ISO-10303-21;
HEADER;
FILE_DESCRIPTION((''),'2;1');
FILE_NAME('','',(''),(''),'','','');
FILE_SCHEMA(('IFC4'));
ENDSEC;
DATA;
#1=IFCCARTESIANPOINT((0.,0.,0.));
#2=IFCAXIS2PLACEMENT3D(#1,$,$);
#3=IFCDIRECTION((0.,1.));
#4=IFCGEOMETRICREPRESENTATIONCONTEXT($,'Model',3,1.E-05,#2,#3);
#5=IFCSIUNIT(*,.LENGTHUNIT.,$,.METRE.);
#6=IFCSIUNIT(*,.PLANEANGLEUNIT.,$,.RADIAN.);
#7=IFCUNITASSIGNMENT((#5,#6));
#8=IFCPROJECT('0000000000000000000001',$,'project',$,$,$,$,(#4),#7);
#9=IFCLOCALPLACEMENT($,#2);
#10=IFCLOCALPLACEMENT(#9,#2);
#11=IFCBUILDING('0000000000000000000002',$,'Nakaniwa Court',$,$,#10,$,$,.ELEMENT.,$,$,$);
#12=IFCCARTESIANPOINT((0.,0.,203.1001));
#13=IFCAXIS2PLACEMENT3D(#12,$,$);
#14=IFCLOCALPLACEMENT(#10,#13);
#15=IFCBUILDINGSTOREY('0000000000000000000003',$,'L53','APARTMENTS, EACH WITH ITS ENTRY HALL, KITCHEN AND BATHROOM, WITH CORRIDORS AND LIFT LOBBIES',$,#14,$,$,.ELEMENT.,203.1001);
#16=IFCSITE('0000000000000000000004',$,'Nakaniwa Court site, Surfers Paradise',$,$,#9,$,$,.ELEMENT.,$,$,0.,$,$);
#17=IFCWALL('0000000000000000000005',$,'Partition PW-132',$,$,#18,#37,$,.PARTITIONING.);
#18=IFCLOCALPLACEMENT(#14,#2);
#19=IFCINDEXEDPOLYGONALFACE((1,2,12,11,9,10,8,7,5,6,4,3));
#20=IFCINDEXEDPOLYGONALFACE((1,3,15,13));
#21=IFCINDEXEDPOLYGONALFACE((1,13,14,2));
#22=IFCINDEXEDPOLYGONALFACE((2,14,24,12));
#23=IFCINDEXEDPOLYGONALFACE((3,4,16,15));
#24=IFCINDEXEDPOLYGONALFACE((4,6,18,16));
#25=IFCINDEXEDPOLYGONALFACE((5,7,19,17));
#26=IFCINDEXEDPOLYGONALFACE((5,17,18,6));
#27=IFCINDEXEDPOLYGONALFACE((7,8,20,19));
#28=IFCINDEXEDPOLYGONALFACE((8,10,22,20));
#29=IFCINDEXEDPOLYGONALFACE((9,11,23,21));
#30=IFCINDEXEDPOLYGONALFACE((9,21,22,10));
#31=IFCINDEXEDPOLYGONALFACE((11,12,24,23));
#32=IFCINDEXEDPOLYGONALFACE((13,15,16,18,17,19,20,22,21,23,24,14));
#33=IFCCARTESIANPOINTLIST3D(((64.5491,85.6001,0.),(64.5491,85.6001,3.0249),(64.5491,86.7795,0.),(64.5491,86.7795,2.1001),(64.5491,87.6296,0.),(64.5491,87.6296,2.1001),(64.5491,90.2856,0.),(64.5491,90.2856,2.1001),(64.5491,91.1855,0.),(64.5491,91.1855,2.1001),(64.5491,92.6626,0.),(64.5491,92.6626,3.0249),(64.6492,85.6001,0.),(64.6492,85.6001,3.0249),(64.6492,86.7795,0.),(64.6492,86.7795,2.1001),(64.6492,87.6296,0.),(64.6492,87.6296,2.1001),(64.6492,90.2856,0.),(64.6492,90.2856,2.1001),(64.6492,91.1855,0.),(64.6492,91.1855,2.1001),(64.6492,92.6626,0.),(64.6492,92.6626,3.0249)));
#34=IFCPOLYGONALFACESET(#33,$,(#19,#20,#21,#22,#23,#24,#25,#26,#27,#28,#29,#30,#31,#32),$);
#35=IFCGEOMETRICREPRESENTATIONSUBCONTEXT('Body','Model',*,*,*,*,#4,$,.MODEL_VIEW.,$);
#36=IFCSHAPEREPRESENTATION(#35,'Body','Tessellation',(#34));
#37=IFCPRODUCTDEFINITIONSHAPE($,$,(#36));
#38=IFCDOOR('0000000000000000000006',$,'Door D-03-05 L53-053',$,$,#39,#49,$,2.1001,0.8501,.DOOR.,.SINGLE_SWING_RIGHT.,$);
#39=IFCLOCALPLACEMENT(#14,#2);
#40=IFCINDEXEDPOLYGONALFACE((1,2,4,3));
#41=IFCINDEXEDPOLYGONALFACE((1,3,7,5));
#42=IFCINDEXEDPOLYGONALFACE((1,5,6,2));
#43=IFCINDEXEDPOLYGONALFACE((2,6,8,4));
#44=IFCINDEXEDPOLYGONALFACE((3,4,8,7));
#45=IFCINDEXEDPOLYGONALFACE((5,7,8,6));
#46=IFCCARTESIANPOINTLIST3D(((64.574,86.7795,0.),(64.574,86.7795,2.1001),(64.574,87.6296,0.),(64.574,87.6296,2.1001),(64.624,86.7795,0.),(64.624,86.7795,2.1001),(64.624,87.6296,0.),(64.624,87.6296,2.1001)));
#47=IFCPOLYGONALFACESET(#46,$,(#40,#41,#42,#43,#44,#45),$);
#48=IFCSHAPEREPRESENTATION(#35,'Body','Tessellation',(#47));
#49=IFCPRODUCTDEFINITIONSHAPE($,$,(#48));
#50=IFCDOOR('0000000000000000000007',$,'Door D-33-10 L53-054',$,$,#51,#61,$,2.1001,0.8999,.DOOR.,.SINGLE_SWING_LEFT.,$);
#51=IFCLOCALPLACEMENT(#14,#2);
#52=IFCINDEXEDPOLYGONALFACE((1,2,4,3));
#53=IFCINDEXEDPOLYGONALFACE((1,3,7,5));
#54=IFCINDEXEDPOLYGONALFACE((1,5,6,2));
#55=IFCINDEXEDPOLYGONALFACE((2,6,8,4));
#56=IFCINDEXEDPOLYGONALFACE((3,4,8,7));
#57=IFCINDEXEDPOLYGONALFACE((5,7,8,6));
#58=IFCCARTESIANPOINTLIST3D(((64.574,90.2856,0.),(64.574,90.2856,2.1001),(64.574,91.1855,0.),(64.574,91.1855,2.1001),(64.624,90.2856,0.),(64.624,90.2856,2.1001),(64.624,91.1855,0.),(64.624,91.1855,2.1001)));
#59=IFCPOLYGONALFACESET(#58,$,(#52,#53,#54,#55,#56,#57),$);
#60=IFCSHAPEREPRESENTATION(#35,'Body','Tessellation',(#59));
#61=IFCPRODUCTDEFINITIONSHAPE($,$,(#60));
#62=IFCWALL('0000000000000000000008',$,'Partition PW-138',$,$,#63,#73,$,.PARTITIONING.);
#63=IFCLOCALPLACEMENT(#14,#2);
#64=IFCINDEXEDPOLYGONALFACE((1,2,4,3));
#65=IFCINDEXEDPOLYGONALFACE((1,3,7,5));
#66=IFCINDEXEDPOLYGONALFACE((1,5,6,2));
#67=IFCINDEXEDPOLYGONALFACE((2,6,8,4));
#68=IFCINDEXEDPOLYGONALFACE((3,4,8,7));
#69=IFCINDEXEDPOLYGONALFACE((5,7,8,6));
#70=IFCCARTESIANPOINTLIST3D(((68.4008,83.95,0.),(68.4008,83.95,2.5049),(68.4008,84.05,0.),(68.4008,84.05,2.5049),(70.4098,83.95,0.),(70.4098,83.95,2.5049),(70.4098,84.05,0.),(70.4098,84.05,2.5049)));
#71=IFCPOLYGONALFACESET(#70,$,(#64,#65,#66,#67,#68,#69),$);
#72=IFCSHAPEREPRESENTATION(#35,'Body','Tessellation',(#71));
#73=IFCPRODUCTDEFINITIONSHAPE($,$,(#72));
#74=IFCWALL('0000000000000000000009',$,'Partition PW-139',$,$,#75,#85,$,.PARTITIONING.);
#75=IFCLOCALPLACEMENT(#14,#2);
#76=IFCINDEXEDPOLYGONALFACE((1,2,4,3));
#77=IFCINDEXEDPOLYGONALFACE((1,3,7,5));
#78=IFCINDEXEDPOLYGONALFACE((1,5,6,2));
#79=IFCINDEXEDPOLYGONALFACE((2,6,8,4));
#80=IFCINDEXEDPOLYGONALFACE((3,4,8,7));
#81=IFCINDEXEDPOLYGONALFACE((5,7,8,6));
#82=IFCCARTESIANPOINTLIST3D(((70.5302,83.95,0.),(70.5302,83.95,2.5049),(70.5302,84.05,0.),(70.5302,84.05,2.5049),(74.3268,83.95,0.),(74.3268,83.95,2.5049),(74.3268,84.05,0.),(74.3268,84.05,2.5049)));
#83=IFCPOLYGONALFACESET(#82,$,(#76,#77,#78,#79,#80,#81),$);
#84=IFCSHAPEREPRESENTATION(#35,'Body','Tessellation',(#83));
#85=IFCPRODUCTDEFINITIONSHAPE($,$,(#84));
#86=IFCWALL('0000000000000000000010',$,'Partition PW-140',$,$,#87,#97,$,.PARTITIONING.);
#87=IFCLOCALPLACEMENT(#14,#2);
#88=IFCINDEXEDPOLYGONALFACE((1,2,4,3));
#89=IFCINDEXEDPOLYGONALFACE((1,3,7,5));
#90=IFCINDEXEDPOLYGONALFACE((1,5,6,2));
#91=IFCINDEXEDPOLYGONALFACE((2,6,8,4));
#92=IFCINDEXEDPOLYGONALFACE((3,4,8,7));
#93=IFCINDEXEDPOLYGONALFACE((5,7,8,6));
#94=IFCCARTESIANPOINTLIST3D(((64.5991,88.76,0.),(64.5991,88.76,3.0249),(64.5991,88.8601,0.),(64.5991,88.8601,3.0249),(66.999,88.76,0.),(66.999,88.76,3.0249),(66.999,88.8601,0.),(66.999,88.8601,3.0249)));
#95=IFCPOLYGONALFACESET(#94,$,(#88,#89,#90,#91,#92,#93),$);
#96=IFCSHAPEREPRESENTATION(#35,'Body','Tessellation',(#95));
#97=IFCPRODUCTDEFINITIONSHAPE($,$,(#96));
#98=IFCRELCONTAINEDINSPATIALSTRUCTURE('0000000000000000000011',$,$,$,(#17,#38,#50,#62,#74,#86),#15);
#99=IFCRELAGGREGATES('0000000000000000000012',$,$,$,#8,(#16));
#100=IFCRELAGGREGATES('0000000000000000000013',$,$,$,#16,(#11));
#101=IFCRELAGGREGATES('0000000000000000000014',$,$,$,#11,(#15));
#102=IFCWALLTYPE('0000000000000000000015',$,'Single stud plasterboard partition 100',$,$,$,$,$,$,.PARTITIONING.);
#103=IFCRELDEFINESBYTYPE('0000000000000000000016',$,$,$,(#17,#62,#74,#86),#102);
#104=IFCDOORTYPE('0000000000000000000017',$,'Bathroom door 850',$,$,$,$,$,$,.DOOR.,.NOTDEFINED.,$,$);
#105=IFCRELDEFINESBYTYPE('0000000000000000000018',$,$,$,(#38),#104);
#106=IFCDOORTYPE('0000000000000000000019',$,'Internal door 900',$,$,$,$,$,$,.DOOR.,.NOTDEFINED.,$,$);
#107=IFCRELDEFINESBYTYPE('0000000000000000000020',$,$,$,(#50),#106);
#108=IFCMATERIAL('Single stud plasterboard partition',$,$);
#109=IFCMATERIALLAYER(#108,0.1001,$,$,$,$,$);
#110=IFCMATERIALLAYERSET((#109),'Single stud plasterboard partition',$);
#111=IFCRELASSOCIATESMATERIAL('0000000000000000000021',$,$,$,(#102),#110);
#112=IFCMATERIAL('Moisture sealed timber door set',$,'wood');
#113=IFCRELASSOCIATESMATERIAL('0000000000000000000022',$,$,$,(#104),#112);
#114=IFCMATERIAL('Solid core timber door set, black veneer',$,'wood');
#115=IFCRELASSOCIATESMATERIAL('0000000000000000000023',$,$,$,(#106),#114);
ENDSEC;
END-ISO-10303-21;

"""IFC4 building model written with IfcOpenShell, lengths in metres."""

from ifc_helpers import new_model, si_unit, direction, frame, frame_2d, origin, place, context, subcontext, project, spatial, rectangle, extrude, material, layer, layer_set, type_object, element, fill, save


model = new_model("IFC4")

# Units and contexts
model_context = context("Model", 3, precision=1e-05, world=origin(), true_north=direction((0.0, 1.0)))
body_context = subcontext(model_context, "Body", "Model", "MODEL_VIEW")
ifc_project = project(units=[si_unit("LENGTHUNIT", "METRE"), si_unit("PLANEANGLEUNIT", "RADIAN")], contexts=[model_context])

# Site, building, storey
site_placement = place(None, origin())
site = spatial("IfcSite", under=ifc_project, at=site_placement, Name="Nakaniwa Court site, Surfers Paradise", CompositionType="ELEMENT", RefElevation=0.0)
building_placement = place(site_placement, origin())
building = spatial("IfcBuilding", under=site, at=building_placement, Name="Nakaniwa Court", CompositionType="ELEMENT")
storey_placement = place(building_placement, frame((0.0, 0.0, 203.1001)))
storey = spatial("IfcBuildingStorey", under=building, at=storey_placement, Name="L53", Description="APARTMENTS, EACH WITH ITS ENTRY HALL, KITCHEN AND BATHROOM, WITH CORRIDORS AND LIFT LOBBIES", CompositionType="ELEMENT", Elevation=203.1001)

# Wall, openings, doors
ifc_material_1 = material(Name="Single stud plasterboard partition")
ifc_layer_1 = layer(ifc_material_1, 0.1001)
ifc_layer_set_1 = layer_set([ifc_layer_1], Name="Single stud plasterboard partition")
wall_type_1 = type_object("IfcWallType", Name="Single stud plasterboard partition 100", PredefinedType="PARTITIONING", material=ifc_layer_set_1)
wall_1_placement = place(storey_placement, frame((64.5991, 92.6626, 0.0), z_axis=(0.0, 0.0, 1.0), x_axis=(0.0, -1.0, 0.0)))
wall_1 = element("IfcWall", 1, at=wall_1_placement, inside=storey, type_object=wall_type_1, Name="Partition PW-132", PredefinedType="PARTITIONING", context=body_context, shape_type="SweptSolid", body=[
    extrude(rectangle(XDim=7.0625, YDim=0.1001, at=frame_2d((3.5312, 0.0))), origin(), (0.0, 0.0, 1.0), 3.0249),
])
opening_1_placement = place(wall_1_placement, frame((5.033, 0.0, 0.0)))
opening_1 = element("IfcOpeningElement", 2, at=opening_1_placement, cuts=wall_1, PredefinedType="OPENING", context=body_context, shape_type="SweptSolid", body=[
    extrude(rectangle(XDim=0.8501, YDim=2.1001, at=frame_2d((0.425, 1.05))), frame((0.0, 0.0601, 0.0), z_axis=(0.0, -1.0, 0.0), x_axis=(1.0, 0.0, 0.0)), (0.0, 0.0, 1.0), 0.1201),
])
opening_2_placement = place(wall_1_placement, frame((1.4771, 0.0, 0.0)))
opening_2 = element("IfcOpeningElement", 3, at=opening_2_placement, cuts=wall_1, PredefinedType="OPENING", context=body_context, shape_type="SweptSolid", body=[
    extrude(rectangle(XDim=0.8999, YDim=2.1001, at=frame_2d((0.45, 1.05))), frame((0.0, 0.0601, 0.0), z_axis=(0.0, -1.0, 0.0), x_axis=(1.0, 0.0, 0.0)), (0.0, 0.0, 1.0), 0.1201),
])
ifc_material_2 = material(Name="Moisture sealed timber door set", Category="wood")
door_type_1 = type_object("IfcDoorType", Name="Bathroom door 850", OperationType="NOTDEFINED", PredefinedType="DOOR", material=ifc_material_2)
door_1_placement = place(opening_1_placement, origin())
door_1 = element("IfcDoor", 4, at=door_1_placement, inside=storey, type_object=door_type_1, Name="Door D-03-05 L53-053", OperationType="SINGLE_SWING_RIGHT", OverallHeight=2.1001, OverallWidth=0.8501, PredefinedType="DOOR", context=body_context, shape_type="SweptSolid", body=[
    extrude(rectangle(XDim=0.8501, YDim=2.1001, at=frame_2d((0.425, 1.05))), frame((0.0, 0.0249, 0.0), z_axis=(0.0, -1.0, 0.0), x_axis=(1.0, 0.0, 0.0)), (0.0, 0.0, 1.0), 0.05),
])
fill(opening_1, door_1)
ifc_material_3 = material(Name="Solid core timber door set, black veneer", Category="wood")
door_type_2 = type_object("IfcDoorType", Name="Internal door 900", OperationType="NOTDEFINED", PredefinedType="DOOR", material=ifc_material_3)
door_2_placement = place(opening_2_placement, origin())
door_2 = element("IfcDoor", 5, at=door_2_placement, inside=storey, type_object=door_type_2, Name="Door D-33-10 L53-054", OperationType="SINGLE_SWING_LEFT", OverallHeight=2.1001, OverallWidth=0.8999, PredefinedType="DOOR", context=body_context, shape_type="SweptSolid", body=[
    extrude(rectangle(XDim=0.8999, YDim=2.1001, at=frame_2d((0.45, 1.05))), frame((0.0, 0.0249, 0.0), z_axis=(0.0, -1.0, 0.0), x_axis=(1.0, 0.0, 0.0)), (0.0, 0.0, 1.0), 0.05),
])
fill(opening_2, door_2)

# Walls
wall_2_placement = place(storey_placement, frame((68.4009, 84.0, 0.0), z_axis=(0.0, 0.0, 1.0), x_axis=(1.0, 0.0, 0.0)))
element("IfcWall", 6, at=wall_2_placement, inside=storey, type_object=wall_type_1, Name="Partition PW-138", PredefinedType="PARTITIONING", context=body_context, shape_type="SweptSolid", body=[
    extrude(rectangle(XDim=2.009, YDim=0.1001, at=frame_2d((1.0044, 0.0))), origin(), (0.0, 0.0, 1.0), 2.5049),
])
wall_3_placement = place(storey_placement, frame((70.53, 84.0, 0.0), z_axis=(0.0, 0.0, 1.0), x_axis=(1.0, 0.0, 0.0)))
element("IfcWall", 7, at=wall_3_placement, inside=storey, type_object=wall_type_1, Name="Partition PW-139", PredefinedType="PARTITIONING", context=body_context, shape_type="SweptSolid", body=[
    extrude(rectangle(XDim=3.7966, YDim=0.1001, at=frame_2d((1.8984, 0.0))), origin(), (0.0, 0.0, 1.0), 2.5049),
])
wall_4_placement = place(storey_placement, frame((64.5991, 88.8101, 0.0), z_axis=(0.0, 0.0, 1.0), x_axis=(1.0, 0.0, 0.0)))
element("IfcWall", 8, at=wall_4_placement, inside=storey, type_object=wall_type_1, Name="Partition PW-140", PredefinedType="PARTITIONING", context=body_context, shape_type="SweptSolid", body=[
    extrude(rectangle(XDim=2.3999, YDim=0.1001, at=frame_2d((1.2, 0.0))), origin(), (0.0, 0.0, 1.0), 3.0249),
])

save(model, "model.ifc")
